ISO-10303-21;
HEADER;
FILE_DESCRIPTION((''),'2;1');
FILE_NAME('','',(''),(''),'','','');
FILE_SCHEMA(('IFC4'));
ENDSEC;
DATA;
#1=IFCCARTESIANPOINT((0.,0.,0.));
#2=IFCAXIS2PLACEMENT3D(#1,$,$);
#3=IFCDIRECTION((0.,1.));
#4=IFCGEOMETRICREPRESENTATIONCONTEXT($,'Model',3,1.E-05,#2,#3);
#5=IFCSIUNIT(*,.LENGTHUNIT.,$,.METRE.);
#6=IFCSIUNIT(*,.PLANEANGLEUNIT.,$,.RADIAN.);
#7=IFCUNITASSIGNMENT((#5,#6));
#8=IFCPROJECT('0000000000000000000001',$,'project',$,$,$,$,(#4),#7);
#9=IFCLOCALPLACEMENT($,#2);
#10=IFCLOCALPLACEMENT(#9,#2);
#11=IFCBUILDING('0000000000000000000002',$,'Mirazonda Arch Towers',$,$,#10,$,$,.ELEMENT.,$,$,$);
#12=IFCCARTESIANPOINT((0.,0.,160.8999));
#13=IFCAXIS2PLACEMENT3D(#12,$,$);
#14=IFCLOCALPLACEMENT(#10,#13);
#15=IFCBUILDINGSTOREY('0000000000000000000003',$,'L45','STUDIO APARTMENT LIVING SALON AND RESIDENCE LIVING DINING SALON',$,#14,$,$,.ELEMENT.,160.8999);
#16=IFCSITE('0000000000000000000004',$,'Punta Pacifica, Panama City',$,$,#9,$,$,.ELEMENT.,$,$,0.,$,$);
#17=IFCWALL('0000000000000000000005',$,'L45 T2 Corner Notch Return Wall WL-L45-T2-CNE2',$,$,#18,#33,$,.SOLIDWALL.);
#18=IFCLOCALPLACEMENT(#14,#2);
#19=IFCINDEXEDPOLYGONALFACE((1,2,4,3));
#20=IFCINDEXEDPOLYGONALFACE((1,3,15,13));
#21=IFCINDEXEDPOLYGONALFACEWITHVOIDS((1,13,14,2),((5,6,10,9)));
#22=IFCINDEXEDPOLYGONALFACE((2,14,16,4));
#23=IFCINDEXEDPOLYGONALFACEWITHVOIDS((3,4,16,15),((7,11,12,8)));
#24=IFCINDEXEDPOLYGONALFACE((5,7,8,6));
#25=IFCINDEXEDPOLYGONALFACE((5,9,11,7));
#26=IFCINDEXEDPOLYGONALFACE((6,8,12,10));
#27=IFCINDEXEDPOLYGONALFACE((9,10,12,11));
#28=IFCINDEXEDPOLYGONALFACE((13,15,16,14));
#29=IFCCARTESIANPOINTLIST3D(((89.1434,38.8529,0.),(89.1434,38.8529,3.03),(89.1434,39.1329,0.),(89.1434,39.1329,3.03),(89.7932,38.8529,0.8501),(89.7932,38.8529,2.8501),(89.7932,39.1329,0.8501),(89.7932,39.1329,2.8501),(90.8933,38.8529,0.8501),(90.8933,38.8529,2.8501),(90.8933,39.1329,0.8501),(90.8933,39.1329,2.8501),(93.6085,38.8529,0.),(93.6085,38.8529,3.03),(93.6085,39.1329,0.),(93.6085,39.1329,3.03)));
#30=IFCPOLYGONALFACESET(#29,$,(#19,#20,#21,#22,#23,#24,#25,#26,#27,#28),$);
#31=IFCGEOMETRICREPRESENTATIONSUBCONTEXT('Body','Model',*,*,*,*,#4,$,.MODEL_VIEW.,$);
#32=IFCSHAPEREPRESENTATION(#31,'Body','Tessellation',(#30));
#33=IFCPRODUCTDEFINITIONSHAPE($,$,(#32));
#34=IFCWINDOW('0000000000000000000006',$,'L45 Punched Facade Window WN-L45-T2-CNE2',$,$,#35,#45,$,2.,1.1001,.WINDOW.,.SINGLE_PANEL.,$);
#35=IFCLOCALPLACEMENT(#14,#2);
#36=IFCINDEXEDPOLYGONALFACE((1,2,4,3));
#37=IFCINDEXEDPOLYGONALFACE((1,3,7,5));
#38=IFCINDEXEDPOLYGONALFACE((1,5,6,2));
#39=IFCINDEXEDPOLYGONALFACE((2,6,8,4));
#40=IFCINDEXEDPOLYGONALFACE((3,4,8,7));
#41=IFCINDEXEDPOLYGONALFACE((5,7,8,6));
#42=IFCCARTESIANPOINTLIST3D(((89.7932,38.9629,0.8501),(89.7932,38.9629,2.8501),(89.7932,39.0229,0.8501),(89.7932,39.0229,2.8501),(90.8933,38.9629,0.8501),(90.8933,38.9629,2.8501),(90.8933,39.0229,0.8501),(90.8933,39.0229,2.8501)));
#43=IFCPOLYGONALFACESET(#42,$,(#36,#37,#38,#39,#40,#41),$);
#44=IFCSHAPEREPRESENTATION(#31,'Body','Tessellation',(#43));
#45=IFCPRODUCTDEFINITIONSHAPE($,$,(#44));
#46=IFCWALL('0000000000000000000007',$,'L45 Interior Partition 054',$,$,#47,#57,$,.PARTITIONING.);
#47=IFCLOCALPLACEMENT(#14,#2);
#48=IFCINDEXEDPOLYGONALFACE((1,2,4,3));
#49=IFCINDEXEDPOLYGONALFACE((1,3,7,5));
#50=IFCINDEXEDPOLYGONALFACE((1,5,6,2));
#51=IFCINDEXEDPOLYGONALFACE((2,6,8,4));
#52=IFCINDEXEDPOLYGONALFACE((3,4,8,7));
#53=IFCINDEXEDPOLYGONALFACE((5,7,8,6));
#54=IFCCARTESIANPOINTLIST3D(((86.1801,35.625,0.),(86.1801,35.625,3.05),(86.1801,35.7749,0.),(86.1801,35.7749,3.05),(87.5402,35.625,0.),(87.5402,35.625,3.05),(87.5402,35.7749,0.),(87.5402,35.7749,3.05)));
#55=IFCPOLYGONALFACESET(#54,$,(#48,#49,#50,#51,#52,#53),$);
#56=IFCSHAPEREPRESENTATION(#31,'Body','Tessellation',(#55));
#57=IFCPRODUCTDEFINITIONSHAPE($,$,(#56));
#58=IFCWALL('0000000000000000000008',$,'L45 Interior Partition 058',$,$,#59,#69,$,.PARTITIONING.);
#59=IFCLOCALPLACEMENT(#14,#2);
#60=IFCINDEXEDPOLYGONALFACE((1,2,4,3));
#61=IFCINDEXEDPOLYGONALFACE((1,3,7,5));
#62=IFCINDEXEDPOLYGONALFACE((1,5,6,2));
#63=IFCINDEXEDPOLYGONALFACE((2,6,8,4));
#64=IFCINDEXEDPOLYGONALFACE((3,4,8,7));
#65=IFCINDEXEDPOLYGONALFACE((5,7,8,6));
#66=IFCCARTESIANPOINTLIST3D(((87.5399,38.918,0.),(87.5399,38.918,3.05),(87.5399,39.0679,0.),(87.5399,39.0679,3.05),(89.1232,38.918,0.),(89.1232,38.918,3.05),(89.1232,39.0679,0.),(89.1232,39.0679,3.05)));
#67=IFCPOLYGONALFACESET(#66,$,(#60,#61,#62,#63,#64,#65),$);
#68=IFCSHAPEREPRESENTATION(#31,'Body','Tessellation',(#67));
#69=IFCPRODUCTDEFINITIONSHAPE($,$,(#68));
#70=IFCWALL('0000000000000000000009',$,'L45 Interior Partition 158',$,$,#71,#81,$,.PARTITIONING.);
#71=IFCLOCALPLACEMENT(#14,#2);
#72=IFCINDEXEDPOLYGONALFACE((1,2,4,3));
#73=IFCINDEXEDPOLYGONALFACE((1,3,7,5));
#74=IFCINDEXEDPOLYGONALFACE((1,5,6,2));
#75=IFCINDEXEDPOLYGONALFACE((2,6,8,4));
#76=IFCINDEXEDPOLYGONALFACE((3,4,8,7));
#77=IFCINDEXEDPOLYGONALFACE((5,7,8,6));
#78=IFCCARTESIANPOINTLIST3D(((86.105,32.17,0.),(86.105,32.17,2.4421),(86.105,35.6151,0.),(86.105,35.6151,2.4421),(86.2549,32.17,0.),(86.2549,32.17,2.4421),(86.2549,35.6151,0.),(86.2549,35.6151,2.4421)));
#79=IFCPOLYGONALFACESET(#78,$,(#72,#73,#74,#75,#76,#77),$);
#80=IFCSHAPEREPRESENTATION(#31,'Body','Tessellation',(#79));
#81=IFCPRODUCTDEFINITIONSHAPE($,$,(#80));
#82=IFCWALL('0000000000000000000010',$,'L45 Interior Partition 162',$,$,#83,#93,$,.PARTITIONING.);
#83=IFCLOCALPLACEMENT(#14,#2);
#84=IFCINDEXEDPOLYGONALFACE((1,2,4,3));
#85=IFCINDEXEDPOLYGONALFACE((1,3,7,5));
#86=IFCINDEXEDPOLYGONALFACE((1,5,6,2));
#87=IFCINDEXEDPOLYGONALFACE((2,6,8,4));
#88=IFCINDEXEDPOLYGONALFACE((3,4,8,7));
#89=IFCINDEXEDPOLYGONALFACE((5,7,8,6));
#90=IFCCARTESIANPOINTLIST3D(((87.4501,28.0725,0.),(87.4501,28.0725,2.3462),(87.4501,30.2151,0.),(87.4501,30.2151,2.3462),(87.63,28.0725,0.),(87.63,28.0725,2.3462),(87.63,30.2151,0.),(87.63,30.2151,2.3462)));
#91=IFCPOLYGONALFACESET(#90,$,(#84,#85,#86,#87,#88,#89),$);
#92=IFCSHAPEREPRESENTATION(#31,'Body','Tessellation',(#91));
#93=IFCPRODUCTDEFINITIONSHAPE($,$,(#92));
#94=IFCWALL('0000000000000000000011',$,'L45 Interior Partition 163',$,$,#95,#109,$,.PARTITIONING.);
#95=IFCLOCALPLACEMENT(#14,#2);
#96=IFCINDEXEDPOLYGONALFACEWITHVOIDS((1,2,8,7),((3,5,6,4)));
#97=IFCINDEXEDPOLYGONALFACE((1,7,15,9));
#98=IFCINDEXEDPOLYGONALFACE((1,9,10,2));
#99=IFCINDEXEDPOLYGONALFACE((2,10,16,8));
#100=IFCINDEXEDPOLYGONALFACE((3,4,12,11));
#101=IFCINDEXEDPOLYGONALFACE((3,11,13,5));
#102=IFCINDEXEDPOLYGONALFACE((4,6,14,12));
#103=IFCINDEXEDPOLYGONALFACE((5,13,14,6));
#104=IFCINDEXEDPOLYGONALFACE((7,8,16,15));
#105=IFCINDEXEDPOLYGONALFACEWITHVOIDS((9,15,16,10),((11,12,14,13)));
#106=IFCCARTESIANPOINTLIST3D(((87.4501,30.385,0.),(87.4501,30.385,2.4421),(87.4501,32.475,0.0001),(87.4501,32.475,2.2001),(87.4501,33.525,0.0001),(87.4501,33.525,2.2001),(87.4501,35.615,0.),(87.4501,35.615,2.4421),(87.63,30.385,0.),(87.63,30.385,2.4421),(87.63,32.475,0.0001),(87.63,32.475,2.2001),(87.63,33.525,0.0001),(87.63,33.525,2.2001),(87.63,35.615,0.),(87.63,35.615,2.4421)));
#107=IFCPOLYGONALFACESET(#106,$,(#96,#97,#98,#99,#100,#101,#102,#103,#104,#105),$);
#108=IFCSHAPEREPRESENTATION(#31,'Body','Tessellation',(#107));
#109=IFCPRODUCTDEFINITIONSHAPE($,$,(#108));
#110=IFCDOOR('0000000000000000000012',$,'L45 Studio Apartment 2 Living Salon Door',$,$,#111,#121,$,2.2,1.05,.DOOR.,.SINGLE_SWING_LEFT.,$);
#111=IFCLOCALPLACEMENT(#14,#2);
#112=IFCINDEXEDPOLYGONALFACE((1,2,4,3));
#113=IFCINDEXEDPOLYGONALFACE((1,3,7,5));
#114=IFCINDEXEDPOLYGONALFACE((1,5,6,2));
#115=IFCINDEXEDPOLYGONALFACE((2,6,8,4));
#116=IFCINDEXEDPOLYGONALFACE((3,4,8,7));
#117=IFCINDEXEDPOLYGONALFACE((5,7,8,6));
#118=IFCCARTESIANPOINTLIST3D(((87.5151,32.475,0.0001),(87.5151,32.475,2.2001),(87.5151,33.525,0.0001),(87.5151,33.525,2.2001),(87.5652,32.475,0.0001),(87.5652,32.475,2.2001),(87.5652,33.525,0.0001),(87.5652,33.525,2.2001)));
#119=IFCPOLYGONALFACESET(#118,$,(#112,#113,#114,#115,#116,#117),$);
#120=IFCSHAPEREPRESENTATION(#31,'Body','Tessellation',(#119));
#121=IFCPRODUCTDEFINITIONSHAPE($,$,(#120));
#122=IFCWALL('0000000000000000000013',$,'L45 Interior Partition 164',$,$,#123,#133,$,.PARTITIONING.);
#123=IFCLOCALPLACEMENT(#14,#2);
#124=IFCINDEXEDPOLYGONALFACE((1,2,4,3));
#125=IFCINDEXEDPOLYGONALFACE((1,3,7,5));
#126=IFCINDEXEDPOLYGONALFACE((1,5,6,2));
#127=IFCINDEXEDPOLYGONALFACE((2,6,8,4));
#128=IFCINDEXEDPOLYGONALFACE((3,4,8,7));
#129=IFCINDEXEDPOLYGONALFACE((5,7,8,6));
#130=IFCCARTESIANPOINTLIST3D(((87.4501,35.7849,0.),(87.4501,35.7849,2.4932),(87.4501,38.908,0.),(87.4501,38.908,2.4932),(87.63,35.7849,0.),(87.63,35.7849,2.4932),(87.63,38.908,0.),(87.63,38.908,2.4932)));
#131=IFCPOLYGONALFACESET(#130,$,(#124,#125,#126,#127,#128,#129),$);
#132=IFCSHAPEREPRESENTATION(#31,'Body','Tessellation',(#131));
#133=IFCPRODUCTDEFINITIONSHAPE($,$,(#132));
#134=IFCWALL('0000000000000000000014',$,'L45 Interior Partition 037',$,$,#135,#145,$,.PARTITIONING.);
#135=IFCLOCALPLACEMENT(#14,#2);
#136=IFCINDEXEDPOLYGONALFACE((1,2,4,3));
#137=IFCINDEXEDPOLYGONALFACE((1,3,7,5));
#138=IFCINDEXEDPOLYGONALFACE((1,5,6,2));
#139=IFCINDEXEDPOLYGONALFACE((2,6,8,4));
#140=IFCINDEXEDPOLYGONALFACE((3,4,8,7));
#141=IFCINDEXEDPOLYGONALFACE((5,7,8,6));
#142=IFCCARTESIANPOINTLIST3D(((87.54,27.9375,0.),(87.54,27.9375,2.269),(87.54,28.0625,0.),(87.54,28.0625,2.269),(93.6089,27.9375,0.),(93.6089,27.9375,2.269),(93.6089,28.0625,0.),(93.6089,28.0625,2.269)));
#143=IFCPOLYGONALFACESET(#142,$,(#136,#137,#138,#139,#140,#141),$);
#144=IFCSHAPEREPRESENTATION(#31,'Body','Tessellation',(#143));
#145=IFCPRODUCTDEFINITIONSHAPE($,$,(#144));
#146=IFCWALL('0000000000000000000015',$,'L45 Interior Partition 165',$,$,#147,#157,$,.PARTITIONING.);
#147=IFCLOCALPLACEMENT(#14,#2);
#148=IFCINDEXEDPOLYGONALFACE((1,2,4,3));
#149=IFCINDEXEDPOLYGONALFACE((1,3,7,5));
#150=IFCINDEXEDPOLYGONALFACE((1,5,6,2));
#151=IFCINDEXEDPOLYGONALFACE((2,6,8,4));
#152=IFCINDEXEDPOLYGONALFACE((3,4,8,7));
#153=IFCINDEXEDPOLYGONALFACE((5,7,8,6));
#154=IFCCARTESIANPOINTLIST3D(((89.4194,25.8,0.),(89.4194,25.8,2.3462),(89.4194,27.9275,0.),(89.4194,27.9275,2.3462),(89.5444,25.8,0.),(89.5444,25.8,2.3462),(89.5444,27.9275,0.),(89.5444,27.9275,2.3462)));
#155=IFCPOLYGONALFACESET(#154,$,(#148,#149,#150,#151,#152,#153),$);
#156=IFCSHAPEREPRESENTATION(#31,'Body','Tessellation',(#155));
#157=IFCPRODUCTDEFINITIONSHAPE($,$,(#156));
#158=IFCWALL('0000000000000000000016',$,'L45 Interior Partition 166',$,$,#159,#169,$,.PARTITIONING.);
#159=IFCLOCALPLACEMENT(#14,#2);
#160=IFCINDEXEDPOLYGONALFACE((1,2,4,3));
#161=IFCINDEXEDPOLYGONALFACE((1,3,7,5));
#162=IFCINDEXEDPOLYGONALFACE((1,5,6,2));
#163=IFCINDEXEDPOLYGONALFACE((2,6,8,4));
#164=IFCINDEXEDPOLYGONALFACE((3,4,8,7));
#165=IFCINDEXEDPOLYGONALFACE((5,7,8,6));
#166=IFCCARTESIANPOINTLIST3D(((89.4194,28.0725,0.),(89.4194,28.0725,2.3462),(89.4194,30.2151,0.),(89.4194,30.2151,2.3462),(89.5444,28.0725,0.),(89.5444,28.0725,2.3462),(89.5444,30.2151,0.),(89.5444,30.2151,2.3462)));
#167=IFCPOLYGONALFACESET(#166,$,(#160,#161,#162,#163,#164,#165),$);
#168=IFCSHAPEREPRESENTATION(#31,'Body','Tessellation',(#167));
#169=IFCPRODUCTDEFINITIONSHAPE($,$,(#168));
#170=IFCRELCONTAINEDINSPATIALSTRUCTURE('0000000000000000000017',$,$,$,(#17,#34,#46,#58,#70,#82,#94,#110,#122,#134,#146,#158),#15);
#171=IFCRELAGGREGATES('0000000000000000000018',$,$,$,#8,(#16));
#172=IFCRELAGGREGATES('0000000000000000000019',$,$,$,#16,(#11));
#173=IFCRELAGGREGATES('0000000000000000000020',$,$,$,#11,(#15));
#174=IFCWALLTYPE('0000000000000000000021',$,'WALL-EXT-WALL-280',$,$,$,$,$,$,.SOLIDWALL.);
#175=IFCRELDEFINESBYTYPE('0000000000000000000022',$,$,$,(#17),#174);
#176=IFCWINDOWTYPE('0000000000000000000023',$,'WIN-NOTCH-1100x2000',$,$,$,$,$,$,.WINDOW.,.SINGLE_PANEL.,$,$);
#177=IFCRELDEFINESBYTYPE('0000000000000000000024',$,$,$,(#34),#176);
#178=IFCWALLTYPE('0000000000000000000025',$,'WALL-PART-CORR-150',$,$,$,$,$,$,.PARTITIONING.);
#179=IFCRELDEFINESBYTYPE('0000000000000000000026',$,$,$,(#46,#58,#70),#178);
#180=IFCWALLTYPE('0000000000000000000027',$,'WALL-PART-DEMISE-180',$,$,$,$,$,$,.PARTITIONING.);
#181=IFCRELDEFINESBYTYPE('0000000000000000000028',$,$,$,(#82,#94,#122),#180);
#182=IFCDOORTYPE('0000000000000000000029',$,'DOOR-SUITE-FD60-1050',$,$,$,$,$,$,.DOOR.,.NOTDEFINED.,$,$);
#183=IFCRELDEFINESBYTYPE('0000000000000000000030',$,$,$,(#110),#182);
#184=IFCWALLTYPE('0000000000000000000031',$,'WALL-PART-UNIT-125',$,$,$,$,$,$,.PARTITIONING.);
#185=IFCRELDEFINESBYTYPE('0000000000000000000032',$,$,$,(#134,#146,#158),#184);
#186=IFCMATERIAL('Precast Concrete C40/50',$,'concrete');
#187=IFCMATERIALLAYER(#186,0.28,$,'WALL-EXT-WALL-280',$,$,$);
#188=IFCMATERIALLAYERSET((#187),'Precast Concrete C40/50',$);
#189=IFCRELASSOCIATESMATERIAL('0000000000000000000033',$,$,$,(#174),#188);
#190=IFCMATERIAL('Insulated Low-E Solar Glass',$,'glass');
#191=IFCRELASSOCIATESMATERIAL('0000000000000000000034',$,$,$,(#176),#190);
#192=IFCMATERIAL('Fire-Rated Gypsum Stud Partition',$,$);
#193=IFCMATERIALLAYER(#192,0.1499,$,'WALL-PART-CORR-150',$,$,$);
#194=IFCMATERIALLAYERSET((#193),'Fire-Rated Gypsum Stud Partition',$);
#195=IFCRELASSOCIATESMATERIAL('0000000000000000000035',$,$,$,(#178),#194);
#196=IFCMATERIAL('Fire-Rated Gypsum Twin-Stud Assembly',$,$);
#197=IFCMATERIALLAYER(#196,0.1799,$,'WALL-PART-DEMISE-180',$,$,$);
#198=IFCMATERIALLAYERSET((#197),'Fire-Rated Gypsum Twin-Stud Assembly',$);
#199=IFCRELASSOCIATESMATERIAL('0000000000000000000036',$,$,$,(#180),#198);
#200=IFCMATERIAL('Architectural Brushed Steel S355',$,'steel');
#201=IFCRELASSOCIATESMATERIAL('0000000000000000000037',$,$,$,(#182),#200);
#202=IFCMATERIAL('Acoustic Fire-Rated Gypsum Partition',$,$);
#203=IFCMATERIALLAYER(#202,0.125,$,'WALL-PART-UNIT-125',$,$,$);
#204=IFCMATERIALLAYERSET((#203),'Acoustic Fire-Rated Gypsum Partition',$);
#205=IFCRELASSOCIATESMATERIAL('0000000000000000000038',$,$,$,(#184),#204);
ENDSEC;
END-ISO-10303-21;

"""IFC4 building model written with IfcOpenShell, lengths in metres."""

from ifc_helpers import new_model, si_unit, direction, frame, frame_2d, origin, place, context, subcontext, project, spatial, rectangle, extrude, material, layer, layer_set, type_object, element, fill, save


model = new_model("IFC4")

# Units and contexts
model_context = context("Model", 3, precision=1e-05, world=origin(), true_north=direction((0.0, 1.0)))
body_context = subcontext(model_context, "Body", "Model", "MODEL_VIEW")
ifc_project = project(units=[si_unit("LENGTHUNIT", "METRE"), si_unit("PLANEANGLEUNIT", "RADIAN")], contexts=[model_context])

# Site, building, storey
site_placement = place(None, origin())
site = spatial("IfcSite", under=ifc_project, at=site_placement, Name="Punta Pacifica, Panama City", CompositionType="ELEMENT", RefElevation=0.0)
building_placement = place(site_placement, origin())
building = spatial("IfcBuilding", under=site, at=building_placement, Name="Mirazonda Arch Towers", CompositionType="ELEMENT")
storey_placement = place(building_placement, frame((0.0, 0.0, 160.8999)))
storey = spatial("IfcBuildingStorey", under=building, at=storey_placement, Name="L45", Description="STUDIO APARTMENT LIVING SALON AND RESIDENCE LIVING DINING SALON", CompositionType="ELEMENT", Elevation=160.8999)

# Shared definitions
ifc_material_1 = material(Name="Insulated Low-E Solar Glass", Category="glass")

# Wall, opening, window
ifc_material_2 = material(Name="Precast Concrete C40/50", Category="concrete")
ifc_layer_1 = layer(ifc_material_2, 0.28, Name="WALL-EXT-WALL-280")
ifc_layer_set_1 = layer_set([ifc_layer_1], Name="Precast Concrete C40/50")
wall_type_1 = type_object("IfcWallType", Name="WALL-EXT-WALL-280", PredefinedType="SOLIDWALL", material=ifc_layer_set_1)
window_type = type_object("IfcWindowType", Name="WIN-NOTCH-1100x2000", PartitioningType="SINGLE_PANEL", PredefinedType="WINDOW", material=ifc_material_1)
wall_1_placement = place(storey_placement, frame((93.6084, 38.9929, 0.0), z_axis=(0.0, 0.0, 1.0), x_axis=(-1.0, 0.0, 0.0)))
wall_1 = element("IfcWall", 1, at=wall_1_placement, inside=storey, type_object=wall_type_1, Name="L45 T2 Corner Notch Return Wall WL-L45-T2-CNE2", PredefinedType="SOLIDWALL", context=body_context, shape_type="SweptSolid", body=[
    extrude(rectangle(XDim=4.4651, YDim=0.28, at=frame_2d((2.2324, 0.0))), origin(), (0.0, 0.0, 1.0), 3.03),
])
opening_1_placement = place(wall_1_placement, frame((2.7151, 0.0, 0.8501)))
opening_1 = element("IfcOpeningElement", 2, at=opening_1_placement, cuts=wall_1, PredefinedType="OPENING", context=body_context, shape_type="SweptSolid", body=[
    extrude(rectangle(XDim=1.1001, YDim=2.0, at=frame_2d((0.55, 1.0))), frame((0.0, 0.1499, 0.0), z_axis=(0.0, -1.0, 0.0), x_axis=(1.0, 0.0, 0.0)), (0.0, 0.0, 1.0), 0.3),
])
window_1_placement = place(opening_1_placement, origin())
window_1 = element("IfcWindow", 3, at=window_1_placement, inside=storey, type_object=window_type, Name="L45 Punched Facade Window WN-L45-T2-CNE2", OverallHeight=2.0, OverallWidth=1.1001, PartitioningType="SINGLE_PANEL", PredefinedType="WINDOW", context=body_context, shape_type="SweptSolid", body=[
    extrude(rectangle(XDim=1.1001, YDim=2.0, at=frame_2d((0.55, 1.0))), frame((0.0, 0.03, 0.0), z_axis=(0.0, -1.0, 0.0), x_axis=(1.0, 0.0, 0.0)), (0.0, 0.0, 1.0), 0.0601),
])
fill(opening_1, window_1)

# Shared definitions
ifc_material_3 = material(Name="Fire-Rated Gypsum Stud Partition")
ifc_layer_2 = layer(ifc_material_3, 0.1499, Name="WALL-PART-CORR-150")
ifc_layer_set_2 = layer_set([ifc_layer_2], Name="Fire-Rated Gypsum Stud Partition")
wall_type_2 = type_object("IfcWallType", Name="WALL-PART-CORR-150", PredefinedType="PARTITIONING", material=ifc_layer_set_2)
ifc_material_4 = material(Name="Architectural Brushed Steel S355", Category="steel")

# Walls
wall_2_placement = place(storey_placement, frame((86.1799, 35.7, 0.0), z_axis=(0.0, 0.0, 1.0), x_axis=(1.0, 0.0, 0.0)))
element("IfcWall", 4, at=wall_2_placement, inside=storey, type_object=wall_type_2, Name="L45 Interior Partition 054", PredefinedType="PARTITIONING", context=body_context, shape_type="SweptSolid", body=[
    extrude(rectangle(XDim=1.3601, YDim=0.1499, at=frame_2d((0.6802, 0.0))), origin(), (0.0, 0.0, 1.0), 3.05),
])
wall_3_placement = place(storey_placement, frame((87.54, 38.9929, 0.0), z_axis=(0.0, 0.0, 1.0), x_axis=(1.0, 0.0, 0.0)))
element("IfcWall", 5, at=wall_3_placement, inside=storey, type_object=wall_type_2, Name="L45 Interior Partition 058", PredefinedType="PARTITIONING", context=body_context, shape_type="SweptSolid", body=[
    extrude(rectangle(XDim=1.5833, YDim=0.1499, at=frame_2d((0.7915, 0.0))), origin(), (0.0, 0.0, 1.0), 3.05),
])
wall_4_placement = place(storey_placement, frame((86.1799, 32.1699, 0.0), z_axis=(0.0, 0.0, 1.0), x_axis=(0.0, 1.0, 0.0)))
element("IfcWall", 6, at=wall_4_placement, inside=storey, type_object=wall_type_2, Name="L45 Interior Partition 158", PredefinedType="PARTITIONING", context=body_context, shape_type="SweptSolid", body=[
    extrude(rectangle(XDim=3.4451, YDim=0.1499, at=frame_2d((1.7227, 0.0))), origin(), (0.0, 0.0, 1.0), 2.4421),
])
ifc_material_5 = material(Name="Fire-Rated Gypsum Twin-Stud Assembly")
ifc_layer_3 = layer(ifc_material_5, 0.1799, Name="WALL-PART-DEMISE-180")
ifc_layer_set_3 = layer_set([ifc_layer_3], Name="Fire-Rated Gypsum Twin-Stud Assembly")
wall_type_3 = type_object("IfcWallType", Name="WALL-PART-DEMISE-180", PredefinedType="PARTITIONING", material=ifc_layer_set_3)
wall_5_placement = place(storey_placement, frame((87.54, 28.0725, 0.0), z_axis=(0.0, 0.0, 1.0), x_axis=(0.0, 1.0, 0.0)))
element("IfcWall", 7, at=wall_5_placement, inside=storey, type_object=wall_type_3, Name="L45 Interior Partition 162", PredefinedType="PARTITIONING", context=body_context, shape_type="SweptSolid", body=[
    extrude(rectangle(XDim=2.1426, YDim=0.1799, at=frame_2d((1.0713, 0.0))), origin(), (0.0, 0.0, 1.0), 2.3462),
])

# Wall, opening, door
wall_6_placement = place(storey_placement, frame((87.54, 30.385, 0.0), z_axis=(0.0, 0.0, 1.0), x_axis=(0.0, 1.0, 0.0)))
wall_6 = element("IfcWall", 8, at=wall_6_placement, inside=storey, type_object=wall_type_3, Name="L45 Interior Partition 163", PredefinedType="PARTITIONING", context=body_context, shape_type="SweptSolid", body=[
    extrude(rectangle(XDim=5.23, YDim=0.1799, at=frame_2d((2.615, 0.0))), origin(), (0.0, 0.0, 1.0), 2.4421),
])
opening_2_placement = place(wall_6_placement, frame((2.0901, 0.0, 0.0)))
opening_2 = element("IfcOpeningElement", 9, at=opening_2_placement, cuts=wall_6, PredefinedType="OPENING", context=body_context, shape_type="SweptSolid", body=[
    extrude(rectangle(XDim=1.05, YDim=2.2, at=frame_2d((0.5249, 1.1001))), frame((0.0, 0.0999, 0.0), z_axis=(0.0, -1.0, 0.0), x_axis=(1.0, 0.0, 0.0)), (0.0, 0.0, 1.0), 0.2),
])
door_type_1 = type_object("IfcDoorType", Name="DOOR-SUITE-FD60-1050", OperationType="NOTDEFINED", PredefinedType="DOOR", material=ifc_material_4)
door_1_placement = place(opening_2_placement, origin())
door_1 = element("IfcDoor", 10, at=door_1_placement, inside=storey, type_object=door_type_1, Name="L45 Studio Apartment 2 Living Salon Door", OperationType="SINGLE_SWING_LEFT", OverallHeight=2.2, OverallWidth=1.05, PredefinedType="DOOR", context=body_context, shape_type="SweptSolid", body=[
    extrude(rectangle(XDim=1.05, YDim=2.2, at=frame_2d((0.5249, 1.1001))), frame((0.0, 0.0249, 0.0), z_axis=(0.0, -1.0, 0.0), x_axis=(1.0, 0.0, 0.0)), (0.0, 0.0, 1.0), 0.05),
])
fill(opening_2, door_1)

# Walls
wall_7_placement = place(storey_placement, frame((87.54, 35.7849, 0.0), z_axis=(0.0, 0.0, 1.0), x_axis=(0.0, 1.0, 0.0)))
element("IfcWall", 11, at=wall_7_placement, inside=storey, type_object=wall_type_3, Name="L45 Interior Partition 164", PredefinedType="PARTITIONING", context=body_context, shape_type="SweptSolid", body=[
    extrude(rectangle(XDim=3.123, YDim=0.1799, at=frame_2d((1.5615, 0.0))), origin(), (0.0, 0.0, 1.0), 2.4932),
])
ifc_material_6 = material(Name="Acoustic Fire-Rated Gypsum Partition")
ifc_layer_4 = layer(ifc_material_6, 0.125, Name="WALL-PART-UNIT-125")
ifc_layer_set_4 = layer_set([ifc_layer_4], Name="Acoustic Fire-Rated Gypsum Partition")
wall_type_4 = type_object("IfcWallType", Name="WALL-PART-UNIT-125", PredefinedType="PARTITIONING", material=ifc_layer_set_4)
wall_8_placement = place(storey_placement, frame((87.54, 28.0, 0.0), z_axis=(0.0, 0.0, 1.0), x_axis=(1.0, 0.0, 0.0)))
element("IfcWall", 12, at=wall_8_placement, inside=storey, type_object=wall_type_4, Name="L45 Interior Partition 037", PredefinedType="PARTITIONING", context=body_context, shape_type="SweptSolid", body=[
    extrude(rectangle(XDim=6.0688, YDim=0.125, at=frame_2d((3.0344, 0.0))), origin(), (0.0, 0.0, 1.0), 2.269),
])
wall_9_placement = place(storey_placement, frame((89.4819, 25.8, 0.0), z_axis=(0.0, 0.0, 1.0), x_axis=(0.0, 1.0, 0.0)))
element("IfcWall", 13, at=wall_9_placement, inside=storey, type_object=wall_type_4, Name="L45 Interior Partition 165", PredefinedType="PARTITIONING", context=body_context, shape_type="SweptSolid", body=[
    extrude(rectangle(XDim=2.1274, YDim=0.125, at=frame_2d((1.0637, 0.0))), origin(), (0.0, 0.0, 1.0), 2.3462),
])
wall_10_placement = place(storey_placement, frame((89.4819, 28.0725, 0.0), z_axis=(0.0, 0.0, 1.0), x_axis=(0.0, 1.0, 0.0)))
element("IfcWall", 14, at=wall_10_placement, inside=storey, type_object=wall_type_4, Name="L45 Interior Partition 166", PredefinedType="PARTITIONING", context=body_context, shape_type="SweptSolid", body=[
    extrude(rectangle(XDim=2.1426, YDim=0.125, at=frame_2d((1.0713, 0.0))), origin(), (0.0, 0.0, 1.0), 2.3462),
])

save(model, "model.ifc")
